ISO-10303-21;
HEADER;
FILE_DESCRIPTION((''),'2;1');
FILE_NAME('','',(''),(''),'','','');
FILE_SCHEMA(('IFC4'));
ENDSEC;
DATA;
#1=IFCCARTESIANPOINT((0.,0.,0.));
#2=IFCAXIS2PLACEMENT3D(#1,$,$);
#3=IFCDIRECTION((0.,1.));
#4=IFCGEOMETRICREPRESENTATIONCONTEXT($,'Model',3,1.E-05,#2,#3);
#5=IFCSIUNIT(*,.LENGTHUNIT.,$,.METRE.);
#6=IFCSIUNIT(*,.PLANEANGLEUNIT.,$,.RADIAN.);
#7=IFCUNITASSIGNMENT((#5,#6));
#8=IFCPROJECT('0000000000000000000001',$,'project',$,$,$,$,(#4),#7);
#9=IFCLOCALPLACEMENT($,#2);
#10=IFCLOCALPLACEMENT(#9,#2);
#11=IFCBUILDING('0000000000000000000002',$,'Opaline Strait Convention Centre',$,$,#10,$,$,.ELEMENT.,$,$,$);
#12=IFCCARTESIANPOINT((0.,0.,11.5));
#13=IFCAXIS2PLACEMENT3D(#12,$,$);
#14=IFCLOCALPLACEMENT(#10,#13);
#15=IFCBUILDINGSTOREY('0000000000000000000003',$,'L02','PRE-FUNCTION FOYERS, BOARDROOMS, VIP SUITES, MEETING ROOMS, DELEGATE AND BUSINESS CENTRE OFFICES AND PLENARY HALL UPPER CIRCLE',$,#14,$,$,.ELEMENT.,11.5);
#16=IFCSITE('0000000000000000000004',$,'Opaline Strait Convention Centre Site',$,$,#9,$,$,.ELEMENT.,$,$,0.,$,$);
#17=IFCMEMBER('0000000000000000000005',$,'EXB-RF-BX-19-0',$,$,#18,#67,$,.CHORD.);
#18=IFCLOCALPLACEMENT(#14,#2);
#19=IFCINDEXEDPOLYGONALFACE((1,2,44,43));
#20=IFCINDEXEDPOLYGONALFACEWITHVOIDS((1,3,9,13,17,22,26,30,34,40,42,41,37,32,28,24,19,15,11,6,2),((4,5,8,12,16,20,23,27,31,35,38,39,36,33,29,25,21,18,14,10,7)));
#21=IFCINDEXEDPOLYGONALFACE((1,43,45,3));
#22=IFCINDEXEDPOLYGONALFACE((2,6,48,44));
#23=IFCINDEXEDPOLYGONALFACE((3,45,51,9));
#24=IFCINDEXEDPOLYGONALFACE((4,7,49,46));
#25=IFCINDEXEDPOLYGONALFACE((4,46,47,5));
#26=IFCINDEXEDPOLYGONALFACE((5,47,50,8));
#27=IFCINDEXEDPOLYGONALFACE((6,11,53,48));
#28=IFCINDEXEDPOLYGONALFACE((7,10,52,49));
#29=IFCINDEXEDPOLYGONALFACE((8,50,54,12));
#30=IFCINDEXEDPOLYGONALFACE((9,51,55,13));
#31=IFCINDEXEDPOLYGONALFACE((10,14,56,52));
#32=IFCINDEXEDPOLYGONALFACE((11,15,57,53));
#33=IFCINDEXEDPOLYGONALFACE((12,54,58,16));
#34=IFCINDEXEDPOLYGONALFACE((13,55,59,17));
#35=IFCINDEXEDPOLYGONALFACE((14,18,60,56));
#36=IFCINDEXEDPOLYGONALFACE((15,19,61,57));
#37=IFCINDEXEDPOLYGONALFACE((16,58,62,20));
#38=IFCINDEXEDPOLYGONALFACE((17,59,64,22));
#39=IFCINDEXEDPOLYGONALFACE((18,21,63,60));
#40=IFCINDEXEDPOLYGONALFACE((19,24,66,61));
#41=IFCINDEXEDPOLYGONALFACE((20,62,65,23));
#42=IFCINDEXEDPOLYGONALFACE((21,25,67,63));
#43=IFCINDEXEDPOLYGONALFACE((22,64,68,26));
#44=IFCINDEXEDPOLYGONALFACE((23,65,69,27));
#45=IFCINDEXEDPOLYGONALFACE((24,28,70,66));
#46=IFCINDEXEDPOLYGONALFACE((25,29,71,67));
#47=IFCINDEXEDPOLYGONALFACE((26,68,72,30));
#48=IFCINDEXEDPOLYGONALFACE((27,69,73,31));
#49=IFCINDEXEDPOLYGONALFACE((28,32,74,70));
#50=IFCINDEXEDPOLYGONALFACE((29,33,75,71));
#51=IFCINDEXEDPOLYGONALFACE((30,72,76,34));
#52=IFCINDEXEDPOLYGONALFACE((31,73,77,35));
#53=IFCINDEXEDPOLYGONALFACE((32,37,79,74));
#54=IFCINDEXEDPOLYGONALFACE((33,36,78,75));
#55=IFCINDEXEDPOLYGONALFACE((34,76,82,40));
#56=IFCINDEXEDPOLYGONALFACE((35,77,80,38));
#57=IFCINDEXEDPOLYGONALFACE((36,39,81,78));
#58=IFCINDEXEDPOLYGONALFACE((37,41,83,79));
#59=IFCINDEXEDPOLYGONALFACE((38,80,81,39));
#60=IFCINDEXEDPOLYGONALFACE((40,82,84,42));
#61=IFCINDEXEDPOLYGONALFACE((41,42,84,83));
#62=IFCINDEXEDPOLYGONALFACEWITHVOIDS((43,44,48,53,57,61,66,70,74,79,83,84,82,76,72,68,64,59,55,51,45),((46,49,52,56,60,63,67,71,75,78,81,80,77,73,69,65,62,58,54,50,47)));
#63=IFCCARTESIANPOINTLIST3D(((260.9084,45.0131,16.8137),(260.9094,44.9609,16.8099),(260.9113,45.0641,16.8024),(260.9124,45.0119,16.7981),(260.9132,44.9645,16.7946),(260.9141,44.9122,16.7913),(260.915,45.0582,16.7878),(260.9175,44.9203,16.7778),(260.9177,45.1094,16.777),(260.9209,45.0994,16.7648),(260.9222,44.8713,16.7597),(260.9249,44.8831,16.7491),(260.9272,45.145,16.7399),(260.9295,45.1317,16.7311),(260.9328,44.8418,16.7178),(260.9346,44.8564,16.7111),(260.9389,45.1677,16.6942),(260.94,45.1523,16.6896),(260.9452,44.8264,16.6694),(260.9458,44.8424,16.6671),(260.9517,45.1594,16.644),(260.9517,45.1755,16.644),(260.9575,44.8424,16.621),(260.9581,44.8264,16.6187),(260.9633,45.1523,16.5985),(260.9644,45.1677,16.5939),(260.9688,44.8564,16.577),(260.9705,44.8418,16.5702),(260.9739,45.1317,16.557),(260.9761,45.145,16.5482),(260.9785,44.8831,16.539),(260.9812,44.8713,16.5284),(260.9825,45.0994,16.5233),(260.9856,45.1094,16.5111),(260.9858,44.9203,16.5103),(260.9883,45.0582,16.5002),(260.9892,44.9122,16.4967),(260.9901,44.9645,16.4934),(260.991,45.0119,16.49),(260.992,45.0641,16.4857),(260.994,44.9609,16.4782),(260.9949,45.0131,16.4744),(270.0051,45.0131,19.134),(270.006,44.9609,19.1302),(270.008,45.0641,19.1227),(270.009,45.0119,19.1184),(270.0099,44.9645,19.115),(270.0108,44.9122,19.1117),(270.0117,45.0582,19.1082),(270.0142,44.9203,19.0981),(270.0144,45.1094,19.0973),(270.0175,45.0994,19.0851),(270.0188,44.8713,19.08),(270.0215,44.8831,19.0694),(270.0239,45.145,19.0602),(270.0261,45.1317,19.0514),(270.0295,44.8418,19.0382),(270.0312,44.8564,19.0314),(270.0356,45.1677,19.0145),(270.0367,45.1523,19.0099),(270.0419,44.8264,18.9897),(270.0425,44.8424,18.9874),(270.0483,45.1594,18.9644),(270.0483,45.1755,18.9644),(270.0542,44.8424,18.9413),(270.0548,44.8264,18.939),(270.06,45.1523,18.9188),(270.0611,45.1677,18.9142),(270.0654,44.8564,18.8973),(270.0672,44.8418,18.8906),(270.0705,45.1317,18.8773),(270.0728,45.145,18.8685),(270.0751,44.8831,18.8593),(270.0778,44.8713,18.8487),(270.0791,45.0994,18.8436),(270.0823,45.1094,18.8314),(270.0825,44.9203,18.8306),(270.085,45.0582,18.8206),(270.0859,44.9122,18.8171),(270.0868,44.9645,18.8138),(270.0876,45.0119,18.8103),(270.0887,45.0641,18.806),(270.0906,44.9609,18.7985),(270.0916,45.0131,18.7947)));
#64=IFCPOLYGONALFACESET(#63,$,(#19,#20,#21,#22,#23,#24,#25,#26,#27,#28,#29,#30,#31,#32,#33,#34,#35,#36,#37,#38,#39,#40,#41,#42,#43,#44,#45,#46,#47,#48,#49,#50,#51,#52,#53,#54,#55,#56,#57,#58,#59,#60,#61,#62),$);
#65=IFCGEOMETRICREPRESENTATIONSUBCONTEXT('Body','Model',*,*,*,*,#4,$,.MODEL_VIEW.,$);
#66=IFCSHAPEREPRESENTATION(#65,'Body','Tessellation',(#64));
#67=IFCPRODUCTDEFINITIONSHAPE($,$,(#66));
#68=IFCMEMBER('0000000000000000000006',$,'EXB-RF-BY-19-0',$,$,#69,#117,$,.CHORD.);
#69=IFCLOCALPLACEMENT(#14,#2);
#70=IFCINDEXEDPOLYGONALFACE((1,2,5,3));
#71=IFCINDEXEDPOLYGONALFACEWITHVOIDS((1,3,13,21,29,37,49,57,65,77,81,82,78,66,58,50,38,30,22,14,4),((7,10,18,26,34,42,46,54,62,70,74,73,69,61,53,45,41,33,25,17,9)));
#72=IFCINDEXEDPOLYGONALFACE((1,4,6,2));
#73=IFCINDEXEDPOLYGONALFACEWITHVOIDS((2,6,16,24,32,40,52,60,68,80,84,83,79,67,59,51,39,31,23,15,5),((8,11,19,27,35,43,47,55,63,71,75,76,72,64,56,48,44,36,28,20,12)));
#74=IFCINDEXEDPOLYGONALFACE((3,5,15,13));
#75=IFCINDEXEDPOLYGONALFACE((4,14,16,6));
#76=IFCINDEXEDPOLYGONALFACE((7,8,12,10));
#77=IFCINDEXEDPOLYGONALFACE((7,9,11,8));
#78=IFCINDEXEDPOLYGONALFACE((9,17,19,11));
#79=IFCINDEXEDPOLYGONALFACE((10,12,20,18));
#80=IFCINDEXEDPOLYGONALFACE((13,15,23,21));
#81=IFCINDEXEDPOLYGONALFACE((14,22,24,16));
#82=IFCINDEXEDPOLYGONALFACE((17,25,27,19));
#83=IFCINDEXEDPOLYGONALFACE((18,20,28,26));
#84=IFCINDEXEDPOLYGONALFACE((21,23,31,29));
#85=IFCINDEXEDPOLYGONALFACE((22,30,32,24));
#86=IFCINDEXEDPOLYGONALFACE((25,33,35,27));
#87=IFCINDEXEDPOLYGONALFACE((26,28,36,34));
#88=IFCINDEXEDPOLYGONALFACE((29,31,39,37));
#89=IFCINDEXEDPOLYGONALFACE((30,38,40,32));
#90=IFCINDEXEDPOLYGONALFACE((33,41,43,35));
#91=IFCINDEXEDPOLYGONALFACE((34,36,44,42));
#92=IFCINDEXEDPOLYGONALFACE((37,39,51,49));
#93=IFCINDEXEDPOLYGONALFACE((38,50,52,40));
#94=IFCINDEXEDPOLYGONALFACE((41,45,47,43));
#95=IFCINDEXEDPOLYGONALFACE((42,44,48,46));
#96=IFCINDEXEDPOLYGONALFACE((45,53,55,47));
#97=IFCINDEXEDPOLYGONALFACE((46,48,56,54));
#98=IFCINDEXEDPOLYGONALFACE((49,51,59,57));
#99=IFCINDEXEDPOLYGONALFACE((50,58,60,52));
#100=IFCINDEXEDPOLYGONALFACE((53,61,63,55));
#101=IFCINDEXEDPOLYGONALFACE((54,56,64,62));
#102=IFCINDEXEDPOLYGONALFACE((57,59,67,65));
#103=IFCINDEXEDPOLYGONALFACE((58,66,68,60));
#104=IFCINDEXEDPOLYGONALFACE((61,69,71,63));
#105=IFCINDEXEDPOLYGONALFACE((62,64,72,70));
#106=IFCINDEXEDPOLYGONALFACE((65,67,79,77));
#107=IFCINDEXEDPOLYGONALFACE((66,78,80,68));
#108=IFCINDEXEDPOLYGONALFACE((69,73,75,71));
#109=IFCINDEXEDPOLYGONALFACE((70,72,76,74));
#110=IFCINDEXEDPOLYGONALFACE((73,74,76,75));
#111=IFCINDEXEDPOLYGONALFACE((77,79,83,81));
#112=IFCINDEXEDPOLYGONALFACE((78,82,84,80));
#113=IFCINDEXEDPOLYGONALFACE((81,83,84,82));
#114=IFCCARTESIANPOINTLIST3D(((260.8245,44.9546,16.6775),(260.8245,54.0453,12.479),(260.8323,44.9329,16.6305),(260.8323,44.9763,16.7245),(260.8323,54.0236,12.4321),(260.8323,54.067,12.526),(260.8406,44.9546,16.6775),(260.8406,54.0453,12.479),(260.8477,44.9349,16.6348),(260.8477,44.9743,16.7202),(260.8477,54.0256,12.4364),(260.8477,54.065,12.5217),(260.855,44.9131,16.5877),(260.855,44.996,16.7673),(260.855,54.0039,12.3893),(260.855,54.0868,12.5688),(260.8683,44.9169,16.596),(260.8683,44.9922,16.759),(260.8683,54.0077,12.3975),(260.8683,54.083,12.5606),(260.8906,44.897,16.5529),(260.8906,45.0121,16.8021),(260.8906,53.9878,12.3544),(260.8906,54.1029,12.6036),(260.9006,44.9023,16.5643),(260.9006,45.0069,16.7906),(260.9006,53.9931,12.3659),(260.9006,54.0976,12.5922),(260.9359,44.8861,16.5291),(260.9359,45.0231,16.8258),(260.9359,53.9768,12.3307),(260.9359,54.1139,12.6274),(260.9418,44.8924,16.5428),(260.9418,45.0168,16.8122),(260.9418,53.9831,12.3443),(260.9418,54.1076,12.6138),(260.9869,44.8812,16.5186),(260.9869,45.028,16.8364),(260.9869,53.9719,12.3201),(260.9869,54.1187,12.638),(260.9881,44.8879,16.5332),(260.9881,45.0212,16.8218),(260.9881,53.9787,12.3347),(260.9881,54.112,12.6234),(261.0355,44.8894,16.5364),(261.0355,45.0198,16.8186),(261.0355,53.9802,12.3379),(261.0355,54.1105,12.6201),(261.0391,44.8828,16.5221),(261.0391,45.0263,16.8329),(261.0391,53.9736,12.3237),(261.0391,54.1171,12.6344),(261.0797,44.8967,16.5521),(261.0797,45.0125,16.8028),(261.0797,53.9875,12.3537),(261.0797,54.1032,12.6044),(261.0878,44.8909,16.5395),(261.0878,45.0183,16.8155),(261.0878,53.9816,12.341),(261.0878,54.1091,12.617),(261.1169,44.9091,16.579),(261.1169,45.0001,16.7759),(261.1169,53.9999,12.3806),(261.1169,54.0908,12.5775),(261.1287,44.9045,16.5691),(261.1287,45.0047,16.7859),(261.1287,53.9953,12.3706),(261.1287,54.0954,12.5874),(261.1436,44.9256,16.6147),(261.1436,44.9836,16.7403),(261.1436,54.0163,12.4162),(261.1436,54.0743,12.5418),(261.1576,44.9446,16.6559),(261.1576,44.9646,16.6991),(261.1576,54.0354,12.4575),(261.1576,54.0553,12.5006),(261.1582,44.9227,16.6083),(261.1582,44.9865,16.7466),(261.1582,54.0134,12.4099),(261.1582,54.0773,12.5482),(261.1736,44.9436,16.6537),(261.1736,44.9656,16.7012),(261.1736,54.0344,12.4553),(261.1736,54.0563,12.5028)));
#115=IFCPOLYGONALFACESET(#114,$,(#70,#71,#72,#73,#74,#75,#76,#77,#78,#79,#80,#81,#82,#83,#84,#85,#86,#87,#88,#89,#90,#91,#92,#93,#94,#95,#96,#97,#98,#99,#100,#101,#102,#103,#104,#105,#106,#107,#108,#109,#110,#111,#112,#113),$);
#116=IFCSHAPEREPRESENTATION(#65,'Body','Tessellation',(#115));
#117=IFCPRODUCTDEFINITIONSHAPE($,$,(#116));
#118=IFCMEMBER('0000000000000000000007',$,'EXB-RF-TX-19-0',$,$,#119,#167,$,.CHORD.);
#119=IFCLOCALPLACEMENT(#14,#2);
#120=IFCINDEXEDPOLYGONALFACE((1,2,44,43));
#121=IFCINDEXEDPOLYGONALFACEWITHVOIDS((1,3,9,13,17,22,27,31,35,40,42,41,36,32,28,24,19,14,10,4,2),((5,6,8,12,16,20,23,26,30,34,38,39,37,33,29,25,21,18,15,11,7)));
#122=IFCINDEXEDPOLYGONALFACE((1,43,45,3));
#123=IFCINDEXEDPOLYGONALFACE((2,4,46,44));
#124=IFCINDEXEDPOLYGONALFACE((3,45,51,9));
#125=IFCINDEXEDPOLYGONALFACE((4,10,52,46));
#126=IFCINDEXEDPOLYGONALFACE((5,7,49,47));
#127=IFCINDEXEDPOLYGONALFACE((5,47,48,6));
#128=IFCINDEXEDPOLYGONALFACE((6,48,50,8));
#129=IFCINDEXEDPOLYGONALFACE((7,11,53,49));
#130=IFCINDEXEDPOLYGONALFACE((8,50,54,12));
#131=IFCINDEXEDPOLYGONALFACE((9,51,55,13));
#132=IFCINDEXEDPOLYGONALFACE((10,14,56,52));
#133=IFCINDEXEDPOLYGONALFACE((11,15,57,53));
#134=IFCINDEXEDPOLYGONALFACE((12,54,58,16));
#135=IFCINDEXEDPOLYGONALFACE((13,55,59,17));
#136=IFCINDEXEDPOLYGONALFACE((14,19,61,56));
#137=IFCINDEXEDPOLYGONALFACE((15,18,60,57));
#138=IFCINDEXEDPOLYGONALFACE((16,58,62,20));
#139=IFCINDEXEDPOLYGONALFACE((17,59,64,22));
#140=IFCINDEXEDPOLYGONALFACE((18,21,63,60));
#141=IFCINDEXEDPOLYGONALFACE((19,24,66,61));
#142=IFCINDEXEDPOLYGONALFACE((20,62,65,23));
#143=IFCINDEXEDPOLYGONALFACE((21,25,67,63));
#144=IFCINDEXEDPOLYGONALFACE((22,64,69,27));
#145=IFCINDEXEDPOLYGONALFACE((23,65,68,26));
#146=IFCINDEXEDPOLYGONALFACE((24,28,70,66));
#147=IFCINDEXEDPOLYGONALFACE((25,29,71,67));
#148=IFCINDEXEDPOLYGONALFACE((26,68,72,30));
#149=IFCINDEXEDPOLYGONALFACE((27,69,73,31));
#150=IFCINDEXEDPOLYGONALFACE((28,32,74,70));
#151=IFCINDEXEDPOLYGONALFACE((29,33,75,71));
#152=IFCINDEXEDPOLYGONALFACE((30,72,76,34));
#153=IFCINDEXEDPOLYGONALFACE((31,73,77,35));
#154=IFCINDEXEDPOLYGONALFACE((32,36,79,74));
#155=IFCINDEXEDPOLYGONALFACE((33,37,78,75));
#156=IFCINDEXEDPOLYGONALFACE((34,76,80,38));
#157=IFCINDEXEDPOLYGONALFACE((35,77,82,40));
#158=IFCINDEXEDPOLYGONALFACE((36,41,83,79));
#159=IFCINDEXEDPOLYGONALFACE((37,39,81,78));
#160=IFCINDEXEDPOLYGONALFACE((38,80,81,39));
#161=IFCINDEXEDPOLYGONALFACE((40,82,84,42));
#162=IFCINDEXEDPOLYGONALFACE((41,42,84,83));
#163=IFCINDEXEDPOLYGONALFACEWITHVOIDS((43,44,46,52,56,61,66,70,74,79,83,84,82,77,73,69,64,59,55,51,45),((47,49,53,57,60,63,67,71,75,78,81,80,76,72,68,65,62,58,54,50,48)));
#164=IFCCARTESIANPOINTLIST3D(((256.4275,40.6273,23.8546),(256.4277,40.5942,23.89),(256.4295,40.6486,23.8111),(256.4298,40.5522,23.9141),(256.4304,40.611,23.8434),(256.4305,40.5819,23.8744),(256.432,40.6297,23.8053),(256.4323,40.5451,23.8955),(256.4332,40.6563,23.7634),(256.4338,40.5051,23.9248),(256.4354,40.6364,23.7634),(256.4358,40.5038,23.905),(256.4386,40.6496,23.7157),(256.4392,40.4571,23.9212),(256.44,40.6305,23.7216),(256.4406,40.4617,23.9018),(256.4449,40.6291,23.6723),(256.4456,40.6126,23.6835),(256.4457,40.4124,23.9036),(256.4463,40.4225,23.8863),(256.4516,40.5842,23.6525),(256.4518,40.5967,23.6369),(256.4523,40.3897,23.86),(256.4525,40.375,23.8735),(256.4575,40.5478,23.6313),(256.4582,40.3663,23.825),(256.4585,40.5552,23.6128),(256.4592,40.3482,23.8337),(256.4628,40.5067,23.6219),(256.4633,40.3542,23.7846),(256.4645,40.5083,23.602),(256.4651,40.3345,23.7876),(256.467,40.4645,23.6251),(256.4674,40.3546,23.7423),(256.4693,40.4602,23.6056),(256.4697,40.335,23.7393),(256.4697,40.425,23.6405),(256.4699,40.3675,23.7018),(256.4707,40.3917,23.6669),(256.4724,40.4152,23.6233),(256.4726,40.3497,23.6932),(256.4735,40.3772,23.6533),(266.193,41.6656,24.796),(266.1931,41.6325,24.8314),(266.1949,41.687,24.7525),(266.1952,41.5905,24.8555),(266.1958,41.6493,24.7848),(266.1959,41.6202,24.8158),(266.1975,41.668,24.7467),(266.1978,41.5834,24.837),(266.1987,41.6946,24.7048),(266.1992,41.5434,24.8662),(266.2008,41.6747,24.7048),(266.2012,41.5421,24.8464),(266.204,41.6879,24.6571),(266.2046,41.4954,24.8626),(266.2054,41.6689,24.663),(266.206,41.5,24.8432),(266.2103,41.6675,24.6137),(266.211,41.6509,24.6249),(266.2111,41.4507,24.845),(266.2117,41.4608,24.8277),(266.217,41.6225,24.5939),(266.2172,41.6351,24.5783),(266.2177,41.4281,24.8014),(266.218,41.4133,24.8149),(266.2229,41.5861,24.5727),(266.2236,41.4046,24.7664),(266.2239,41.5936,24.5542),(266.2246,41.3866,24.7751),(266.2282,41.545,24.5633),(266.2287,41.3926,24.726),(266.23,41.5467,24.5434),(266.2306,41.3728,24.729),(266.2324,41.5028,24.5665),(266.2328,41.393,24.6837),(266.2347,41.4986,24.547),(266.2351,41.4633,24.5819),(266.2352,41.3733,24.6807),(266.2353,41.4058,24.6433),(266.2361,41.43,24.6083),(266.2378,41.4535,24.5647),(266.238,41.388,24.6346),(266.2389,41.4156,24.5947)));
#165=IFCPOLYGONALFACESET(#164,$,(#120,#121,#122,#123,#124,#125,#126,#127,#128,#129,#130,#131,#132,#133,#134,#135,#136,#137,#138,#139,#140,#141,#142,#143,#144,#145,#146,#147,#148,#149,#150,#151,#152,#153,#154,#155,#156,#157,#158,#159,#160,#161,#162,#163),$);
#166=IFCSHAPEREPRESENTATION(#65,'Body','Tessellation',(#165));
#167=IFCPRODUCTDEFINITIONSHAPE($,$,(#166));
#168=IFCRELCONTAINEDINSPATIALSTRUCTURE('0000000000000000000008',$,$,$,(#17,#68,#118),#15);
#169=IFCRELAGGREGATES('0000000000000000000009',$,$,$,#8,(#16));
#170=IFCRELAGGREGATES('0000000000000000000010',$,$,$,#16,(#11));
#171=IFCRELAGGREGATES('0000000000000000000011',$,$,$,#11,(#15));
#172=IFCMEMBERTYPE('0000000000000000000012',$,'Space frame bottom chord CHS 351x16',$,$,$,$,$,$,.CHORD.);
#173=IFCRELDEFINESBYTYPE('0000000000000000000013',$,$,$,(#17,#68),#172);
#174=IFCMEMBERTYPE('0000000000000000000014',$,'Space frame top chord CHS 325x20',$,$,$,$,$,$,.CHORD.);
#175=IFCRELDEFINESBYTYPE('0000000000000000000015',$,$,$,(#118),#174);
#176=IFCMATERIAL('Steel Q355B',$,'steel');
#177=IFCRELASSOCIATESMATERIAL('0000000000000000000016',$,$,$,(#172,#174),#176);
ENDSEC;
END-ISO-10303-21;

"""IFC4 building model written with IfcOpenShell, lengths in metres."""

from ifc_helpers import new_model, si_unit, direction, frame, origin, origin_2d, place, context, subcontext, project, spatial, hollow_circle, extrude, material, material_profile, profile_set, type_object, element, save


model = new_model("IFC4")

# Units and contexts
model_context = context("Model", 3, precision=1e-05, world=origin(), true_north=direction((0.0, 1.0)))
body_context = subcontext(model_context, "Body", "Model", "MODEL_VIEW")
ifc_project = project(units=[si_unit("LENGTHUNIT", "METRE"), si_unit("PLANEANGLEUNIT", "RADIAN")], contexts=[model_context])

# Site, building, storey
site_placement = place(None, origin())
site = spatial("IfcSite", under=ifc_project, at=site_placement, Name="Opaline Strait Convention Centre Site", CompositionType="ELEMENT", RefElevation=0.0)
building_placement = place(site_placement, origin())
building = spatial("IfcBuilding", under=site, at=building_placement, Name="Opaline Strait Convention Centre", CompositionType="ELEMENT")
storey_placement = place(building_placement, frame((0.0, 0.0, 11.5)))
storey = spatial("IfcBuildingStorey", under=building, at=storey_placement, Name="L02", Description="PRE-FUNCTION FOYERS, BOARDROOMS, VIP SUITES, MEETING ROOMS, DELEGATE AND BUSINESS CENTRE OFFICES AND PLENARY HALL UPPER CIRCLE", CompositionType="ELEMENT", Elevation=11.5)

# Members
ifc_material_1 = material(Name="Steel Q355B", Category="steel")
ifc_material_profile_1 = material_profile(ifc_material_1, hollow_circle(Radius=0.1755, WallThickness=0.0161, at=origin_2d()), Name="CHS 351x16")
ifc_profile_set_1 = profile_set([ifc_material_profile_1], Name="Steel Q355B")
member_type_1 = type_object("IfcMemberType", Name="Space frame bottom chord CHS 351x16", PredefinedType="CHORD", material=ifc_profile_set_1)
member_1_placement = place(storey_placement, frame((260.9517, 45.0, 16.644), z_axis=(0.968975, 0.0, 0.247159), x_axis=(0.0, 1.0, 0.0)))
element("IfcMember", 1, at=member_1_placement, inside=storey, type_object=member_type_1, Name="EXB-RF-BX-19-0", PredefinedType="CHORD", context=body_context, shape_type="SweptSolid", body=[
    extrude(hollow_circle(Radius=0.1755, WallThickness=0.0161, at=origin_2d()), origin(), (0.0, 0.0, 1.0), 9.3879),
])
member_2_placement = place(storey_placement, frame((261.0, 44.9546, 16.6775), z_axis=(0.0, 0.907856, -0.419282), x_axis=(-1.0, 0.0, 0.0)))
element("IfcMember", 2, at=member_2_placement, inside=storey, type_object=member_type_1, Name="EXB-RF-BY-19-0", PredefinedType="CHORD", context=body_context, shape_type="SweptSolid", body=[
    extrude(hollow_circle(Radius=0.1755, WallThickness=0.0161, at=origin_2d()), origin(), (0.0, 0.0, 1.0), 10.0134),
])
ifc_material_profile_2 = material_profile(ifc_material_1, hollow_circle(Radius=0.1626, WallThickness=0.02, at=origin_2d()), Name="CHS 325x20")
ifc_profile_set_2 = profile_set([ifc_material_profile_2], Name="Steel Q355B")
member_type_2 = type_object("IfcMemberType", Name="Space frame top chord CHS 325x20", PredefinedType="CHORD", material=ifc_profile_set_2)
member_3_placement = place(storey_placement, frame((256.4504, 40.4946, 23.7634), z_axis=(0.989857, 0.105249, 0.095425), x_axis=(-0.105732, 0.994395, 0.0)))
element("IfcMember", 3, at=member_3_placement, inside=storey, type_object=member_type_2, Name="EXB-RF-TX-19-0", PredefinedType="CHORD", context=body_context, shape_type="SweptSolid", body=[
    extrude(hollow_circle(Radius=0.1626, WallThickness=0.02, at=origin_2d()), origin(), (0.0, 0.0, 1.0), 9.8655),
])

save(model, "model.ifc")
